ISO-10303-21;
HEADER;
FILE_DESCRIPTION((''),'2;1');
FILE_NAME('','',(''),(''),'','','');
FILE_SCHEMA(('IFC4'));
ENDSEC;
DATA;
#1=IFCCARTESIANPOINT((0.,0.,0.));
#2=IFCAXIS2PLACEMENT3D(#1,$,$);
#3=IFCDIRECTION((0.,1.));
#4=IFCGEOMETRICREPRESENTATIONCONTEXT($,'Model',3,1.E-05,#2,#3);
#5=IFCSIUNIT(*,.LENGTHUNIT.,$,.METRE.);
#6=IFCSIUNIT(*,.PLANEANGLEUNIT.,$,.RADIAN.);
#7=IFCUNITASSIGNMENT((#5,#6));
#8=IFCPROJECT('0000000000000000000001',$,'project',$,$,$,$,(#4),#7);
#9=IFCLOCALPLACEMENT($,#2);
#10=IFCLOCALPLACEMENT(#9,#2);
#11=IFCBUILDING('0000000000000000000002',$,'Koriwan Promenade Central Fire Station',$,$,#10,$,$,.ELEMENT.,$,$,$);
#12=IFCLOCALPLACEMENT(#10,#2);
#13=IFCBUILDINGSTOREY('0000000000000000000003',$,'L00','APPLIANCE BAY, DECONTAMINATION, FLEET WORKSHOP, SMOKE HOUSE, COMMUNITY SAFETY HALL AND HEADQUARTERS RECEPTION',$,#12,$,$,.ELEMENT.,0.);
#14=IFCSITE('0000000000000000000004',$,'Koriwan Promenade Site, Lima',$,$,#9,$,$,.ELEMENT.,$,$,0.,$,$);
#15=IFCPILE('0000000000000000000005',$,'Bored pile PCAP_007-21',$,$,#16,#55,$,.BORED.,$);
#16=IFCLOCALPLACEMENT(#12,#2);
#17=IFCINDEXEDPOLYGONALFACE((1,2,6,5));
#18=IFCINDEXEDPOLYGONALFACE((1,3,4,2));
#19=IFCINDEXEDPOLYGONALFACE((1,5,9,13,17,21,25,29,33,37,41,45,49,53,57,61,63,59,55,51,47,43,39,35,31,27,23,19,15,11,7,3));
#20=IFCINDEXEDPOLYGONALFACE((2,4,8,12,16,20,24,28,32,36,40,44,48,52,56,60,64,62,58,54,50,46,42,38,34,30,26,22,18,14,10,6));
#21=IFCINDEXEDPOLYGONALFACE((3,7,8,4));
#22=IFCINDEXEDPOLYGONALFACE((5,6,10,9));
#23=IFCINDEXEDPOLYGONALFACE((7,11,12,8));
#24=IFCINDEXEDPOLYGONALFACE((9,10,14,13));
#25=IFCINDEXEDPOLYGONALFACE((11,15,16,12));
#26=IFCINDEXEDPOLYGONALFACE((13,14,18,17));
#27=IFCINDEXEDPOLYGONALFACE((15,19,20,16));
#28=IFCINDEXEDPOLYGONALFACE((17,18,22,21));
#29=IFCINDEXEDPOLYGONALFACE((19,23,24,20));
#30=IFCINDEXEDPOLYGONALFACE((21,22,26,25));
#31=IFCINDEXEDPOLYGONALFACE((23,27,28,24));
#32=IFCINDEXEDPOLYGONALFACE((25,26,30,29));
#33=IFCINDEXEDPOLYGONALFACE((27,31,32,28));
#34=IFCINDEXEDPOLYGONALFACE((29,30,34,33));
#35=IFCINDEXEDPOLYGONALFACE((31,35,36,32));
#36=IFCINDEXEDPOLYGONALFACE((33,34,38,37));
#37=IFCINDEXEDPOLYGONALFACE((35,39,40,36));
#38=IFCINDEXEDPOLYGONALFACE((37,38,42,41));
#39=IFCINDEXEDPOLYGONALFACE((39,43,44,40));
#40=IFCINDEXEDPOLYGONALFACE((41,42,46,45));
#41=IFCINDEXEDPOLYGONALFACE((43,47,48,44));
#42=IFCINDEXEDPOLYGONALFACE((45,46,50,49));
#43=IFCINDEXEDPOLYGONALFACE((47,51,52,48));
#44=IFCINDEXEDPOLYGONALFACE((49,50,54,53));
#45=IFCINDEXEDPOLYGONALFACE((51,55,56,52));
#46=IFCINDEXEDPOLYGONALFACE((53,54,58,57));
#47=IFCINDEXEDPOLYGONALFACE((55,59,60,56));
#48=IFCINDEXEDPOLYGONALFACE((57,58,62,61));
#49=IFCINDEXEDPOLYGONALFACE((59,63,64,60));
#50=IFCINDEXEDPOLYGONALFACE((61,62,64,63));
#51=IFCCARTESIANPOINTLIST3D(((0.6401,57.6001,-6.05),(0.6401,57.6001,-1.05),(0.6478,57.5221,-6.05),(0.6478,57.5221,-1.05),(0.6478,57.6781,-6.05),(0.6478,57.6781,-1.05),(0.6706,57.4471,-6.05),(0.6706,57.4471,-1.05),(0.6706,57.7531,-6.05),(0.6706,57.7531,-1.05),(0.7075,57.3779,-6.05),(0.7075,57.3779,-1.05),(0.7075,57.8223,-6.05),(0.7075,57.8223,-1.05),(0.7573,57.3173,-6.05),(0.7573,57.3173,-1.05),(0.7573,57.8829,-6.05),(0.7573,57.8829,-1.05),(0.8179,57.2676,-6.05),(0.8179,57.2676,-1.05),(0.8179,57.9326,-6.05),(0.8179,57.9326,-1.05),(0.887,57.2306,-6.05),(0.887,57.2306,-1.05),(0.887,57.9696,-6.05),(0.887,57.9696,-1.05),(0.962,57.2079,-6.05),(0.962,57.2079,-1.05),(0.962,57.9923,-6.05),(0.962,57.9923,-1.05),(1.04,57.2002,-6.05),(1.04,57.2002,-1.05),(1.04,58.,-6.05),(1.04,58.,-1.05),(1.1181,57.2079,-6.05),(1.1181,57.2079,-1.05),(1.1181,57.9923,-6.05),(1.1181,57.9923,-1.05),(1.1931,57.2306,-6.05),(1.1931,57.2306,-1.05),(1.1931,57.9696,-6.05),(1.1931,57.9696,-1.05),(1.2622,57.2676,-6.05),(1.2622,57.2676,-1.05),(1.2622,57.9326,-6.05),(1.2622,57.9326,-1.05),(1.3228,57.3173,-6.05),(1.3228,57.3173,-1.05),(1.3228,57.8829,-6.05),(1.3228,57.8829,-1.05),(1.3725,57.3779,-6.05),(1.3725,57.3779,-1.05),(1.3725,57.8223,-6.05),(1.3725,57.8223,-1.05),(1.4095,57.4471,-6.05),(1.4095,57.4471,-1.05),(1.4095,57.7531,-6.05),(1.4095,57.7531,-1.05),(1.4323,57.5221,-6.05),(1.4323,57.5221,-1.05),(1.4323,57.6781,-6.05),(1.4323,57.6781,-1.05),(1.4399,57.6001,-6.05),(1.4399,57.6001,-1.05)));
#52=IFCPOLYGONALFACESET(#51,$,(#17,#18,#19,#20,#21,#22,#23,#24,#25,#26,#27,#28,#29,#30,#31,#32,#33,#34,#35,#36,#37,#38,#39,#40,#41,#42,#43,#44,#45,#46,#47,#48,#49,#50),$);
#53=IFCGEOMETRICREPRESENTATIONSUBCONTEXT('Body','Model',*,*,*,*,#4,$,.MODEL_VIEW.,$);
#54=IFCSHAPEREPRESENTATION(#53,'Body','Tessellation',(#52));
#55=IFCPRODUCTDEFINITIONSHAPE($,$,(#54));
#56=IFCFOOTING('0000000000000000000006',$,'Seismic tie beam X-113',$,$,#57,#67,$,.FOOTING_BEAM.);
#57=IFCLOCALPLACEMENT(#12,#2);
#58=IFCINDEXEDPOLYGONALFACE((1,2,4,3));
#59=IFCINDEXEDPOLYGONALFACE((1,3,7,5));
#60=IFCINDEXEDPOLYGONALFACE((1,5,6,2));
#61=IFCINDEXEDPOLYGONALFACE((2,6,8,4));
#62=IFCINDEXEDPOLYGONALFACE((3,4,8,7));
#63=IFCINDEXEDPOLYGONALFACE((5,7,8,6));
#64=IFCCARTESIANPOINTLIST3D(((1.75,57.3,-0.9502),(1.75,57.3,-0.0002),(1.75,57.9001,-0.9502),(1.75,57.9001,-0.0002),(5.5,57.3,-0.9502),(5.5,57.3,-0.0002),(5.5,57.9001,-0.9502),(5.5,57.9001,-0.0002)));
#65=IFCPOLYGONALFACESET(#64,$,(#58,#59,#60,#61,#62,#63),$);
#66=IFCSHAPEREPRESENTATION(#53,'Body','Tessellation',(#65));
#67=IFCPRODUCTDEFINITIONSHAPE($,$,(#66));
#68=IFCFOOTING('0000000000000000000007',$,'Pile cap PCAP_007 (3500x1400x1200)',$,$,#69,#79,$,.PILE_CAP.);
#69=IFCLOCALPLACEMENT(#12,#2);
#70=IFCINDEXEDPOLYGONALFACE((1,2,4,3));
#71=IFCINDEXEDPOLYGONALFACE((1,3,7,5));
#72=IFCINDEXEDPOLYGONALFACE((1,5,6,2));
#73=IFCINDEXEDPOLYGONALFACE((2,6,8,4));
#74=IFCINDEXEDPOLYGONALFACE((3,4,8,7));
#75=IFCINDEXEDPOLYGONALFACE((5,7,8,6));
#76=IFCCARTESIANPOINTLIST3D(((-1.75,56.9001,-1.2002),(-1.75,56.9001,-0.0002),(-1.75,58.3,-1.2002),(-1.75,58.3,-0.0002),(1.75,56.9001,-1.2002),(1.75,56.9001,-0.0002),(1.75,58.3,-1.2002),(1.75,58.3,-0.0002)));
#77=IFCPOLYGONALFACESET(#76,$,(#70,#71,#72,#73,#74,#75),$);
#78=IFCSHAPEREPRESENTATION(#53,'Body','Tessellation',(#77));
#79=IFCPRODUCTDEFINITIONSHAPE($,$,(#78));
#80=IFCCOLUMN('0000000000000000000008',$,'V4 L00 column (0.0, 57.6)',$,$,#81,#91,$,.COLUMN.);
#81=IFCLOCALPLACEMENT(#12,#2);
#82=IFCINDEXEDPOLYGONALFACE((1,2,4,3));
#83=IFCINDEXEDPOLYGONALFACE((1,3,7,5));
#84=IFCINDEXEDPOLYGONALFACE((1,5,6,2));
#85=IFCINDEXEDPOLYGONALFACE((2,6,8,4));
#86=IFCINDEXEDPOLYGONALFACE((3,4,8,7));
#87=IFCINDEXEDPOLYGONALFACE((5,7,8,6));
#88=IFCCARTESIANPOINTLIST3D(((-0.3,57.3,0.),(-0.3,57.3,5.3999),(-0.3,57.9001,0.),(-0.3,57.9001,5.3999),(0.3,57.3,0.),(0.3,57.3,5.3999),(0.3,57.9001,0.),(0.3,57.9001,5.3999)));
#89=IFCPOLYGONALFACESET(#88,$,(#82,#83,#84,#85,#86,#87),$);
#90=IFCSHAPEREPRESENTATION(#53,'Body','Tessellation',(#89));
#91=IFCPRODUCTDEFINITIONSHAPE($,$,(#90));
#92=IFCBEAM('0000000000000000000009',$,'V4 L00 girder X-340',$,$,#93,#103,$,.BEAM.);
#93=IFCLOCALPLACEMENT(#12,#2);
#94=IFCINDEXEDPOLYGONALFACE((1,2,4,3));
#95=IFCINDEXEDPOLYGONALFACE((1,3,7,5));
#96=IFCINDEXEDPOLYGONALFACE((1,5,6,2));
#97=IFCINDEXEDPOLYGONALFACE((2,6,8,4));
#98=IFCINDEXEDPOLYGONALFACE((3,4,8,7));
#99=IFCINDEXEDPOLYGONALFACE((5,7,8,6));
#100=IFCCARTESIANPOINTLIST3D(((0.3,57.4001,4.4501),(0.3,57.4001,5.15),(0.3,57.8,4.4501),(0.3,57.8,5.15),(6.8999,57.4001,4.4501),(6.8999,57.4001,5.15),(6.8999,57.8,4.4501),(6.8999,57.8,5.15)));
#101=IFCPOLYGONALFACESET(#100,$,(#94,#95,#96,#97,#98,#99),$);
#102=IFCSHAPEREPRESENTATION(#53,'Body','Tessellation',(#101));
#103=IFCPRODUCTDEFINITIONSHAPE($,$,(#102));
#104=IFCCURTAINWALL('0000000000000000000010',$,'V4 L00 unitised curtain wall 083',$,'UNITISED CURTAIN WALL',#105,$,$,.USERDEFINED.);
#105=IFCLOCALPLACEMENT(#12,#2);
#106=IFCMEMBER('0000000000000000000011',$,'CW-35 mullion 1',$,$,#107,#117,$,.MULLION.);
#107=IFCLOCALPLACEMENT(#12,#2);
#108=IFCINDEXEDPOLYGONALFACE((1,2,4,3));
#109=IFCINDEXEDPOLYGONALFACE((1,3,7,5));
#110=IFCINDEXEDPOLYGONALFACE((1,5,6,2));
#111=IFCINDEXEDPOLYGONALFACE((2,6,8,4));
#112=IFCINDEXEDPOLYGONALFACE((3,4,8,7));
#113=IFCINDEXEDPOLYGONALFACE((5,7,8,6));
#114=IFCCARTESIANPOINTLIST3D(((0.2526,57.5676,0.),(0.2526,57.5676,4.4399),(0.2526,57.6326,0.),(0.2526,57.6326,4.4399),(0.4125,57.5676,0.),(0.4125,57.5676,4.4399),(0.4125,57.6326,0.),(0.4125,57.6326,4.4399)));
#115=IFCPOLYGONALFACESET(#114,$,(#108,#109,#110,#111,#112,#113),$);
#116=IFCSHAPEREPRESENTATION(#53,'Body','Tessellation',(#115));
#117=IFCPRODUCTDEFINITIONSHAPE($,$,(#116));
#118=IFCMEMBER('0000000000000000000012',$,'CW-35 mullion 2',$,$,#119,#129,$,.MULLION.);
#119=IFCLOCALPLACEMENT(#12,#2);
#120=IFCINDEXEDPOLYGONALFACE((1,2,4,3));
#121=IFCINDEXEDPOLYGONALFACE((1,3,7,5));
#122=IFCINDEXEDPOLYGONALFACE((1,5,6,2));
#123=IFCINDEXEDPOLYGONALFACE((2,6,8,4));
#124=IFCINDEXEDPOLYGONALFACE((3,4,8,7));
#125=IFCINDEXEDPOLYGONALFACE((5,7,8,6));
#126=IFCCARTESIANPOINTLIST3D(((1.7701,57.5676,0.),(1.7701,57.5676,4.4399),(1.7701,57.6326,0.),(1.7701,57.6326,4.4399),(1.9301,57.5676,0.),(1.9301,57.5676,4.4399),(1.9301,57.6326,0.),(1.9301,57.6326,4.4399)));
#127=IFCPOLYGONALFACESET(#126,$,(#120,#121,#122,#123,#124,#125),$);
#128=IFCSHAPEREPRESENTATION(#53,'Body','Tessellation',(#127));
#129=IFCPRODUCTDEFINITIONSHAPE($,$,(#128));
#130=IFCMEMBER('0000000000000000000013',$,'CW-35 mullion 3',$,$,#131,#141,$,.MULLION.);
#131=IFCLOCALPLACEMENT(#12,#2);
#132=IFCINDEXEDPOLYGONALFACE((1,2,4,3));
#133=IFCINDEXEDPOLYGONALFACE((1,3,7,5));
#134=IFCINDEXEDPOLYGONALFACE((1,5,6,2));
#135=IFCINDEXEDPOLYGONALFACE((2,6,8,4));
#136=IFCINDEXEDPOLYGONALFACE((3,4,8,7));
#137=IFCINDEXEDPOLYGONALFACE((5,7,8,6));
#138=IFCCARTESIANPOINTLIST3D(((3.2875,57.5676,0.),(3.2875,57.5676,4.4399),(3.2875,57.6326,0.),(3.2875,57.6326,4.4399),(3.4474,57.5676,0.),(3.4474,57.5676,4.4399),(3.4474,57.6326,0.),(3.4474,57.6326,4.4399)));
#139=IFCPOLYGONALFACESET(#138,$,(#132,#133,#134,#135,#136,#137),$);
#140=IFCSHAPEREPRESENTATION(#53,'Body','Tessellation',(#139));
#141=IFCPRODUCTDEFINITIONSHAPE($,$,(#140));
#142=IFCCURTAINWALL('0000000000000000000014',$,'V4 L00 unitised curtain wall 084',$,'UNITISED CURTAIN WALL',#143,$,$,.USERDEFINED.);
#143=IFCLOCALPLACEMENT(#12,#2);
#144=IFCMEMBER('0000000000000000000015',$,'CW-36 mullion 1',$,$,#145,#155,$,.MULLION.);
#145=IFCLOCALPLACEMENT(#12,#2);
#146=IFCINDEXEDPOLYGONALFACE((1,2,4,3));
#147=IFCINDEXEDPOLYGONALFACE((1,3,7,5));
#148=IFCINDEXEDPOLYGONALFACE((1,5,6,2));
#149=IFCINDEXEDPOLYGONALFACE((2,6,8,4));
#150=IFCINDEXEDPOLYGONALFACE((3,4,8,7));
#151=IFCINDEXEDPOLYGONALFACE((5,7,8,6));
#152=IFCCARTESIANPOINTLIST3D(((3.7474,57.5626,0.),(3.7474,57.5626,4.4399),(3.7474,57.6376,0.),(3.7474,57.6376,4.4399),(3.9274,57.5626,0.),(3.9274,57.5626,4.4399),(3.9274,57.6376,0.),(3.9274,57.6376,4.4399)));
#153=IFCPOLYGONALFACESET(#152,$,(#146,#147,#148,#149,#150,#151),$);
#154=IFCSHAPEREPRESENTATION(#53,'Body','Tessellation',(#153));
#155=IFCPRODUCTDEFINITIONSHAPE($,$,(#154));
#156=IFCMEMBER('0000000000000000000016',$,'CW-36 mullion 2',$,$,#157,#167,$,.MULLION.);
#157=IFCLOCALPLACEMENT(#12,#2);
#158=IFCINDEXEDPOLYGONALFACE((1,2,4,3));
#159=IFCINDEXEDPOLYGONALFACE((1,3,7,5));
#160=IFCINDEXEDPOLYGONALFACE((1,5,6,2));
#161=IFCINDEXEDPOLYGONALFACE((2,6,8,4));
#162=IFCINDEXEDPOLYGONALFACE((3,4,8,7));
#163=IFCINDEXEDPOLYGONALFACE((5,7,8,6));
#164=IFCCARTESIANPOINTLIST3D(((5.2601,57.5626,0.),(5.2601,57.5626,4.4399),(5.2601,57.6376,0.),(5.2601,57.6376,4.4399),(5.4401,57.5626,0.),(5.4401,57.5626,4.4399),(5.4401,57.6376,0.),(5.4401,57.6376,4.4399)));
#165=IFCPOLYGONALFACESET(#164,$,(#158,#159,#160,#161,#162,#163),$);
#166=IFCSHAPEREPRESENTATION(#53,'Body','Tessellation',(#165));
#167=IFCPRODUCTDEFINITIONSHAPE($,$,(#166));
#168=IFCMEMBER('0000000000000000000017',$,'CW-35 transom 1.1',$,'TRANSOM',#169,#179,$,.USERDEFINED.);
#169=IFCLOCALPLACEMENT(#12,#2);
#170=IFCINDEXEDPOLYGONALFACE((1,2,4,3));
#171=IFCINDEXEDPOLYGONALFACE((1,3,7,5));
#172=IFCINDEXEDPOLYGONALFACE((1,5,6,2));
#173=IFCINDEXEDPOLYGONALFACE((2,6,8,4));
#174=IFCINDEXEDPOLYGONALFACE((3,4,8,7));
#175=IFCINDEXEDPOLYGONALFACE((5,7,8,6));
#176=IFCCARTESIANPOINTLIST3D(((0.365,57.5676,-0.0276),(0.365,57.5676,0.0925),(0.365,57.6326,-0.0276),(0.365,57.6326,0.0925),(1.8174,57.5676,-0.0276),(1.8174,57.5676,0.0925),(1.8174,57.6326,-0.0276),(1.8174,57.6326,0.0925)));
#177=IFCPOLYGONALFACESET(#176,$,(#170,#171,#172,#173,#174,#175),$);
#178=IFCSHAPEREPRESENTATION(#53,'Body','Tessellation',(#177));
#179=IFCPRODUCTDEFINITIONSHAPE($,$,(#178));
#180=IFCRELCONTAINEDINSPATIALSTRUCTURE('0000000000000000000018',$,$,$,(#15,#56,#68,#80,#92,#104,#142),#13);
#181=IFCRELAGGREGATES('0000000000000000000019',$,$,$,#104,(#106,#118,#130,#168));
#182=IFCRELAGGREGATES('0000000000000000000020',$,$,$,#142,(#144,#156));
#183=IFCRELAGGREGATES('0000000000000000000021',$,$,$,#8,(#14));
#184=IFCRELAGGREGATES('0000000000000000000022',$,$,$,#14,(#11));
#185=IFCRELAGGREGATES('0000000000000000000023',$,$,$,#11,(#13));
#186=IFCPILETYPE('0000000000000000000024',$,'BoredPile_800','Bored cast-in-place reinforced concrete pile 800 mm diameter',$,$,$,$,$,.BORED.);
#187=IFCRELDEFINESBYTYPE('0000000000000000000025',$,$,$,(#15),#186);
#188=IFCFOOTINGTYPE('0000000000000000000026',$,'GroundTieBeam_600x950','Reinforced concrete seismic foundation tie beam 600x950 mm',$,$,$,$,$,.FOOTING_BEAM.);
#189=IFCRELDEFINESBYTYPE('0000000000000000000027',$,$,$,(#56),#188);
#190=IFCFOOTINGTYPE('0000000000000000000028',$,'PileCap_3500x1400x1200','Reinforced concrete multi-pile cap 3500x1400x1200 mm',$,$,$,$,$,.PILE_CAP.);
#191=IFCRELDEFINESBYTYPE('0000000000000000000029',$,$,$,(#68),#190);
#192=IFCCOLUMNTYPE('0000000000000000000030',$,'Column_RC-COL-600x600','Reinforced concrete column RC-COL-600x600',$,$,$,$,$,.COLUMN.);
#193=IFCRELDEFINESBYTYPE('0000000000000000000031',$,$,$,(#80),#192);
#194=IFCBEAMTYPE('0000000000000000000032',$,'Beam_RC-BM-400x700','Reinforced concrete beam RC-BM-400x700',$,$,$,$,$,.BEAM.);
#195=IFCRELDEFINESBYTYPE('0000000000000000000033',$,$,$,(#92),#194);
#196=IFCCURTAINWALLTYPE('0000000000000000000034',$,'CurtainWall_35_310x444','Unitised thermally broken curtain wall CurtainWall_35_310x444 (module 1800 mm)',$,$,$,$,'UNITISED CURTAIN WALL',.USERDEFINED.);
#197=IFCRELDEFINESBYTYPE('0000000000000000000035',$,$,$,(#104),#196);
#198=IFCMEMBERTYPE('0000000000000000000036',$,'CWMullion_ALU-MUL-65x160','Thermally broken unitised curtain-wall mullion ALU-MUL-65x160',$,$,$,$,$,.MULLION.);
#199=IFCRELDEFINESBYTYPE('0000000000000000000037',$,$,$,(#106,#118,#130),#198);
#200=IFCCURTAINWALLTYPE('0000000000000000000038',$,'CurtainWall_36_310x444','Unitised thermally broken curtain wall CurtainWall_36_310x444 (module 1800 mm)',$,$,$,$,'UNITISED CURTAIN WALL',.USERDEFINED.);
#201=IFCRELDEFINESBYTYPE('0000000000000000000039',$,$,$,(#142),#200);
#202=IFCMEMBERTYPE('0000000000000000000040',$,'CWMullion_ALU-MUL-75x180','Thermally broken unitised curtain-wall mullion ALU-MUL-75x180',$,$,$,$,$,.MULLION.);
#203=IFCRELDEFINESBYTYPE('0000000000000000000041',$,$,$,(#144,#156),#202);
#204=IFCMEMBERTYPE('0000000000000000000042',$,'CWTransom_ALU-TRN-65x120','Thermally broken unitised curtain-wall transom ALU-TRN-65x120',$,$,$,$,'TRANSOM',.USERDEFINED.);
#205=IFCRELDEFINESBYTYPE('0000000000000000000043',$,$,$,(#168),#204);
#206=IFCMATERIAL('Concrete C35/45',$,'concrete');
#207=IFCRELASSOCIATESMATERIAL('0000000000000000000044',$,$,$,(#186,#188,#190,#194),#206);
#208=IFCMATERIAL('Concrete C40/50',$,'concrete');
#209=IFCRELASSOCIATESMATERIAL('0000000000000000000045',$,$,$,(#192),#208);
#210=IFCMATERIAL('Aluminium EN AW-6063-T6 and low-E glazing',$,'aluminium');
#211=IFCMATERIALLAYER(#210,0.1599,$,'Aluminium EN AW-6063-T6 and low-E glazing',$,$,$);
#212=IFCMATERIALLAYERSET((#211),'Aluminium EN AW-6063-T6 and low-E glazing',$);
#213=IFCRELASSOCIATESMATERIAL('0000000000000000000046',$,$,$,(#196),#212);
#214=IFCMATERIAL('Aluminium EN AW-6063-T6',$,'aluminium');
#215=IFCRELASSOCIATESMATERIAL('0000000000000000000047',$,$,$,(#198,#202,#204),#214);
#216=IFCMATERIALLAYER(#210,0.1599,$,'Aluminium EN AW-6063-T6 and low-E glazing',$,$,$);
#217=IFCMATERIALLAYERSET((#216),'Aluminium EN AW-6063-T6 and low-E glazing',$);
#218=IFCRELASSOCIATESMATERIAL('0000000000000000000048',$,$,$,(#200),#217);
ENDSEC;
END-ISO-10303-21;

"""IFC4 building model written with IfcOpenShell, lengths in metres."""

from ifc_helpers import new_model, si_unit, direction, frame, origin, origin_2d, place, context, subcontext, project, spatial, rectangle, circle, extrude, material, layer, layer_set, material_profile, profile_set, type_object, element, aggregate, save


model = new_model("IFC4")

# Units and contexts
model_context = context("Model", 3, precision=1e-05, world=origin(), true_north=direction((0.0, 1.0)))
body_context = subcontext(model_context, "Body", "Model", "MODEL_VIEW")
ifc_project = project(units=[si_unit("LENGTHUNIT", "METRE"), si_unit("PLANEANGLEUNIT", "RADIAN")], contexts=[model_context])

# Site, building, storey
site_placement = place(None, origin())
site = spatial("IfcSite", under=ifc_project, at=site_placement, Name="Koriwan Promenade Site, Lima", CompositionType="ELEMENT", RefElevation=0.0)
building_placement = place(site_placement, origin())
building = spatial("IfcBuilding", under=site, at=building_placement, Name="Koriwan Promenade Central Fire Station", CompositionType="ELEMENT")
storey_placement = place(building_placement, origin())
storey = spatial("IfcBuildingStorey", under=building, at=storey_placement, Name="L00", Description="APPLIANCE BAY, DECONTAMINATION, FLEET WORKSHOP, SMOKE HOUSE, COMMUNITY SAFETY HALL AND HEADQUARTERS RECEPTION", CompositionType="ELEMENT", Elevation=0.0)

# Pile
ifc_material_1 = material(Name="Concrete C35/45", Category="concrete")
ifc_material_profile_1 = material_profile(ifc_material_1, circle(Radius=0.3999, at=origin_2d()), Name="PILE-D800")
ifc_profile_set_1 = profile_set([ifc_material_profile_1], Name="Concrete C35/45")
pile_type = type_object("IfcPileType", Name="BoredPile_800", Description="Bored cast-in-place reinforced concrete pile 800 mm diameter", PredefinedType="BORED", material=ifc_profile_set_1)
pile_placement = place(storey_placement, frame((1.04, 57.6001, -1.05), z_axis=(0.0, 0.0, -1.0), x_axis=(1.0, 0.0, 0.0)))
element("IfcPile", 1, at=pile_placement, inside=storey, type_object=pile_type, Name="Bored pile PCAP_007-21", PredefinedType="BORED", context=body_context, shape_type="SweptSolid", body=[
    extrude(circle(Radius=0.3999, at=origin_2d()), origin(), (0.0, 0.0, 1.0), 5.0),
])

# Footings
footing_type_1 = type_object("IfcFootingType", Name="GroundTieBeam_600x950", Description="Reinforced concrete seismic foundation tie beam 600x950 mm", PredefinedType="FOOTING_BEAM", material=ifc_material_1)
footing_1_placement = place(storey_placement, frame((3.625, 57.6001, -0.9502), z_axis=(0.0, 0.0, 1.0), x_axis=(1.0, 0.0, 0.0)))
element("IfcFooting", 2, at=footing_1_placement, inside=storey, type_object=footing_type_1, Name="Seismic tie beam X-113", PredefinedType="FOOTING_BEAM", context=body_context, shape_type="SweptSolid", body=[
    extrude(rectangle(XDim=3.75, YDim=0.6001, at=origin_2d()), origin(), (0.0, 0.0, 1.0), 0.95),
])
footing_type_2 = type_object("IfcFootingType", Name="PileCap_3500x1400x1200", Description="Reinforced concrete multi-pile cap 3500x1400x1200 mm", PredefinedType="PILE_CAP", material=ifc_material_1)
footing_2_placement = place(storey_placement, frame((0.0, 57.6001, -1.2002), z_axis=(0.0, 0.0, 1.0), x_axis=(1.0, 0.0, 0.0)))
element("IfcFooting", 3, at=footing_2_placement, inside=storey, type_object=footing_type_2, Name="Pile cap PCAP_007 (3500x1400x1200)", PredefinedType="PILE_CAP", context=body_context, shape_type="SweptSolid", body=[
    extrude(rectangle(XDim=3.5, YDim=1.3999, at=origin_2d()), origin(), (0.0, 0.0, 1.0), 1.2),
])

# Column
ifc_material_2 = material(Name="Concrete C40/50", Category="concrete")
ifc_material_profile_2 = material_profile(ifc_material_2, rectangle(XDim=0.6001, YDim=0.6001, at=origin_2d()), Name="RC-COL-600x600")
ifc_profile_set_2 = profile_set([ifc_material_profile_2], Name="Concrete C40/50")
column_type = type_object("IfcColumnType", Name="Column_RC-COL-600x600", Description="Reinforced concrete column RC-COL-600x600", PredefinedType="COLUMN", material=ifc_profile_set_2)
column_placement = place(storey_placement, frame((0.0, 57.6001, 0.0), z_axis=(0.0, 0.0, 1.0), x_axis=(1.0, 0.0, 0.0)))
element("IfcColumn", 4, at=column_placement, inside=storey, type_object=column_type, Name="V4 L00 column (0.0, 57.6)", PredefinedType="COLUMN", context=body_context, shape_type="SweptSolid", body=[
    extrude(rectangle(XDim=0.6001, YDim=0.6001, at=origin_2d()), origin(), (0.0, 0.0, 1.0), 5.3999),
])

# Beam
ifc_material_profile_3 = material_profile(ifc_material_1, rectangle(XDim=0.3999, YDim=0.7, at=origin_2d()), Name="RC-BM-400x700")
ifc_profile_set_3 = profile_set([ifc_material_profile_3], Name="Concrete C35/45")
beam_type = type_object("IfcBeamType", Name="Beam_RC-BM-400x700", Description="Reinforced concrete beam RC-BM-400x700", PredefinedType="BEAM", material=ifc_profile_set_3)
beam_placement = place(storey_placement, frame((0.3, 57.6001, 4.8), z_axis=(1.0, 0.0, 0.0), x_axis=(0.0, 1.0, 0.0)))
element("IfcBeam", 5, at=beam_placement, inside=storey, type_object=beam_type, Name="V4 L00 girder X-340", PredefinedType="BEAM", context=body_context, shape_type="SweptSolid", body=[
    extrude(rectangle(XDim=0.3999, YDim=0.7, at=origin_2d()), origin(), (0.0, 0.0, 1.0), 6.5999),
])

# Curtain walls, members
ifc_material_3 = material(Name="Aluminium EN AW-6063-T6 and low-E glazing", Category="aluminium")
ifc_layer_1 = layer(ifc_material_3, 0.1599, Name="Aluminium EN AW-6063-T6 and low-E glazing")
ifc_layer_set_1 = layer_set([ifc_layer_1], Name="Aluminium EN AW-6063-T6 and low-E glazing")
curtain_wall_type_1 = type_object("IfcCurtainWallType", Name="CurtainWall_35_310x444", Description="Unitised thermally broken curtain wall CurtainWall_35_310x444 (module 1800 mm)", ElementType="UNITISED CURTAIN WALL", PredefinedType="USERDEFINED", material=ifc_layer_set_1)
curtain_wall_1_placement = place(storey_placement, origin())
curtain_wall_1 = element("IfcCurtainWall", 6, at=curtain_wall_1_placement, inside=storey, type_object=curtain_wall_type_1, Name="V4 L00 unitised curtain wall 083", ObjectType="UNITISED CURTAIN WALL", PredefinedType="USERDEFINED")
ifc_material_4 = material(Name="Aluminium EN AW-6063-T6", Category="aluminium")
ifc_material_profile_4 = material_profile(ifc_material_4, rectangle(XDim=0.0649, YDim=0.1599, at=origin_2d()), Name="ALU-MUL-65x160")
ifc_profile_set_4 = profile_set([ifc_material_profile_4], Name="Aluminium EN AW-6063-T6")
member_type_1 = type_object("IfcMemberType", Name="CWMullion_ALU-MUL-65x160", Description="Thermally broken unitised curtain-wall mullion ALU-MUL-65x160", PredefinedType="MULLION", material=ifc_profile_set_4)
member_1_placement = place(storey_placement, frame((0.3325, 57.6001, 0.0), z_axis=(0.0, 0.0, 1.0), x_axis=(0.0, 1.0, 0.0)))
member_1 = element("IfcMember", 7, at=member_1_placement, type_object=member_type_1, Name="CW-35 mullion 1", PredefinedType="MULLION", context=body_context, shape_type="SweptSolid", body=[
    extrude(rectangle(XDim=0.0649, YDim=0.1599, at=origin_2d()), origin(), (0.0, 0.0, 1.0), 4.4399),
])
member_2_placement = place(storey_placement, frame((1.8501, 57.6001, 0.0), z_axis=(0.0, 0.0, 1.0), x_axis=(0.0, 1.0, 0.0)))
member_2 = element("IfcMember", 8, at=member_2_placement, type_object=member_type_1, Name="CW-35 mullion 2", PredefinedType="MULLION", context=body_context, shape_type="SweptSolid", body=[
    extrude(rectangle(XDim=0.0649, YDim=0.1599, at=origin_2d()), origin(), (0.0, 0.0, 1.0), 4.4399),
])
member_3_placement = place(storey_placement, frame((3.3674, 57.6001, 0.0), z_axis=(0.0, 0.0, 1.0), x_axis=(0.0, 1.0, 0.0)))
member_3 = element("IfcMember", 9, at=member_3_placement, type_object=member_type_1, Name="CW-35 mullion 3", PredefinedType="MULLION", context=body_context, shape_type="SweptSolid", body=[
    extrude(rectangle(XDim=0.0649, YDim=0.1599, at=origin_2d()), origin(), (0.0, 0.0, 1.0), 4.4399),
])
ifc_layer_2 = layer(ifc_material_3, 0.1599, Name="Aluminium EN AW-6063-T6 and low-E glazing")
ifc_layer_set_2 = layer_set([ifc_layer_2], Name="Aluminium EN AW-6063-T6 and low-E glazing")
curtain_wall_type_2 = type_object("IfcCurtainWallType", Name="CurtainWall_36_310x444", Description="Unitised thermally broken curtain wall CurtainWall_36_310x444 (module 1800 mm)", ElementType="UNITISED CURTAIN WALL", PredefinedType="USERDEFINED", material=ifc_layer_set_2)
curtain_wall_2_placement = place(storey_placement, origin())
curtain_wall_2 = element("IfcCurtainWall", 10, at=curtain_wall_2_placement, inside=storey, type_object=curtain_wall_type_2, Name="V4 L00 unitised curtain wall 084", ObjectType="UNITISED CURTAIN WALL", PredefinedType="USERDEFINED")
ifc_material_profile_5 = material_profile(ifc_material_4, rectangle(XDim=0.075, YDim=0.1799, at=origin_2d()), Name="ALU-MUL-75x180")
ifc_profile_set_5 = profile_set([ifc_material_profile_5], Name="Aluminium EN AW-6063-T6")
member_type_2 = type_object("IfcMemberType", Name="CWMullion_ALU-MUL-75x180", Description="Thermally broken unitised curtain-wall mullion ALU-MUL-75x180", PredefinedType="MULLION", material=ifc_profile_set_5)
member_4_placement = place(storey_placement, frame((3.8374, 57.6001, 0.0), z_axis=(0.0, 0.0, 1.0), x_axis=(0.0, 1.0, 0.0)))
member_4 = element("IfcMember", 11, at=member_4_placement, type_object=member_type_2, Name="CW-36 mullion 1", PredefinedType="MULLION", context=body_context, shape_type="SweptSolid", body=[
    extrude(rectangle(XDim=0.075, YDim=0.1799, at=origin_2d()), origin(), (0.0, 0.0, 1.0), 4.4399),
])
member_5_placement = place(storey_placement, frame((5.3501, 57.6001, 0.0), z_axis=(0.0, 0.0, 1.0), x_axis=(0.0, 1.0, 0.0)))
member_5 = element("IfcMember", 12, at=member_5_placement, type_object=member_type_2, Name="CW-36 mullion 2", PredefinedType="MULLION", context=body_context, shape_type="SweptSolid", body=[
    extrude(rectangle(XDim=0.075, YDim=0.1799, at=origin_2d()), origin(), (0.0, 0.0, 1.0), 4.4399),
])

# Member
ifc_material_profile_6 = material_profile(ifc_material_4, rectangle(XDim=0.0649, YDim=0.1201, at=origin_2d()), Name="ALU-TRN-65x120")
ifc_profile_set_6 = profile_set([ifc_material_profile_6], Name="Aluminium EN AW-6063-T6")
member_type_3 = type_object("IfcMemberType", Name="CWTransom_ALU-TRN-65x120", Description="Thermally broken unitised curtain-wall transom ALU-TRN-65x120", ElementType="TRANSOM", PredefinedType="USERDEFINED", material=ifc_profile_set_6)
member_6_placement = place(storey_placement, frame((0.365, 57.6001, 0.0325), z_axis=(1.0, 0.0, 0.0), x_axis=(0.0, 1.0, 0.0)))
member_6 = element("IfcMember", 13, at=member_6_placement, type_object=member_type_3, Name="CW-35 transom 1.1", ObjectType="TRANSOM", PredefinedType="USERDEFINED", context=body_context, shape_type="SweptSolid", body=[
    extrude(rectangle(XDim=0.0649, YDim=0.1201, at=origin_2d()), origin(), (0.0, 0.0, 1.0), 1.4524),
])

aggregate(curtain_wall_1, [member_1, member_2, member_3, member_6])
aggregate(curtain_wall_2, [member_4, member_5])

save(model, "model.ifc")
